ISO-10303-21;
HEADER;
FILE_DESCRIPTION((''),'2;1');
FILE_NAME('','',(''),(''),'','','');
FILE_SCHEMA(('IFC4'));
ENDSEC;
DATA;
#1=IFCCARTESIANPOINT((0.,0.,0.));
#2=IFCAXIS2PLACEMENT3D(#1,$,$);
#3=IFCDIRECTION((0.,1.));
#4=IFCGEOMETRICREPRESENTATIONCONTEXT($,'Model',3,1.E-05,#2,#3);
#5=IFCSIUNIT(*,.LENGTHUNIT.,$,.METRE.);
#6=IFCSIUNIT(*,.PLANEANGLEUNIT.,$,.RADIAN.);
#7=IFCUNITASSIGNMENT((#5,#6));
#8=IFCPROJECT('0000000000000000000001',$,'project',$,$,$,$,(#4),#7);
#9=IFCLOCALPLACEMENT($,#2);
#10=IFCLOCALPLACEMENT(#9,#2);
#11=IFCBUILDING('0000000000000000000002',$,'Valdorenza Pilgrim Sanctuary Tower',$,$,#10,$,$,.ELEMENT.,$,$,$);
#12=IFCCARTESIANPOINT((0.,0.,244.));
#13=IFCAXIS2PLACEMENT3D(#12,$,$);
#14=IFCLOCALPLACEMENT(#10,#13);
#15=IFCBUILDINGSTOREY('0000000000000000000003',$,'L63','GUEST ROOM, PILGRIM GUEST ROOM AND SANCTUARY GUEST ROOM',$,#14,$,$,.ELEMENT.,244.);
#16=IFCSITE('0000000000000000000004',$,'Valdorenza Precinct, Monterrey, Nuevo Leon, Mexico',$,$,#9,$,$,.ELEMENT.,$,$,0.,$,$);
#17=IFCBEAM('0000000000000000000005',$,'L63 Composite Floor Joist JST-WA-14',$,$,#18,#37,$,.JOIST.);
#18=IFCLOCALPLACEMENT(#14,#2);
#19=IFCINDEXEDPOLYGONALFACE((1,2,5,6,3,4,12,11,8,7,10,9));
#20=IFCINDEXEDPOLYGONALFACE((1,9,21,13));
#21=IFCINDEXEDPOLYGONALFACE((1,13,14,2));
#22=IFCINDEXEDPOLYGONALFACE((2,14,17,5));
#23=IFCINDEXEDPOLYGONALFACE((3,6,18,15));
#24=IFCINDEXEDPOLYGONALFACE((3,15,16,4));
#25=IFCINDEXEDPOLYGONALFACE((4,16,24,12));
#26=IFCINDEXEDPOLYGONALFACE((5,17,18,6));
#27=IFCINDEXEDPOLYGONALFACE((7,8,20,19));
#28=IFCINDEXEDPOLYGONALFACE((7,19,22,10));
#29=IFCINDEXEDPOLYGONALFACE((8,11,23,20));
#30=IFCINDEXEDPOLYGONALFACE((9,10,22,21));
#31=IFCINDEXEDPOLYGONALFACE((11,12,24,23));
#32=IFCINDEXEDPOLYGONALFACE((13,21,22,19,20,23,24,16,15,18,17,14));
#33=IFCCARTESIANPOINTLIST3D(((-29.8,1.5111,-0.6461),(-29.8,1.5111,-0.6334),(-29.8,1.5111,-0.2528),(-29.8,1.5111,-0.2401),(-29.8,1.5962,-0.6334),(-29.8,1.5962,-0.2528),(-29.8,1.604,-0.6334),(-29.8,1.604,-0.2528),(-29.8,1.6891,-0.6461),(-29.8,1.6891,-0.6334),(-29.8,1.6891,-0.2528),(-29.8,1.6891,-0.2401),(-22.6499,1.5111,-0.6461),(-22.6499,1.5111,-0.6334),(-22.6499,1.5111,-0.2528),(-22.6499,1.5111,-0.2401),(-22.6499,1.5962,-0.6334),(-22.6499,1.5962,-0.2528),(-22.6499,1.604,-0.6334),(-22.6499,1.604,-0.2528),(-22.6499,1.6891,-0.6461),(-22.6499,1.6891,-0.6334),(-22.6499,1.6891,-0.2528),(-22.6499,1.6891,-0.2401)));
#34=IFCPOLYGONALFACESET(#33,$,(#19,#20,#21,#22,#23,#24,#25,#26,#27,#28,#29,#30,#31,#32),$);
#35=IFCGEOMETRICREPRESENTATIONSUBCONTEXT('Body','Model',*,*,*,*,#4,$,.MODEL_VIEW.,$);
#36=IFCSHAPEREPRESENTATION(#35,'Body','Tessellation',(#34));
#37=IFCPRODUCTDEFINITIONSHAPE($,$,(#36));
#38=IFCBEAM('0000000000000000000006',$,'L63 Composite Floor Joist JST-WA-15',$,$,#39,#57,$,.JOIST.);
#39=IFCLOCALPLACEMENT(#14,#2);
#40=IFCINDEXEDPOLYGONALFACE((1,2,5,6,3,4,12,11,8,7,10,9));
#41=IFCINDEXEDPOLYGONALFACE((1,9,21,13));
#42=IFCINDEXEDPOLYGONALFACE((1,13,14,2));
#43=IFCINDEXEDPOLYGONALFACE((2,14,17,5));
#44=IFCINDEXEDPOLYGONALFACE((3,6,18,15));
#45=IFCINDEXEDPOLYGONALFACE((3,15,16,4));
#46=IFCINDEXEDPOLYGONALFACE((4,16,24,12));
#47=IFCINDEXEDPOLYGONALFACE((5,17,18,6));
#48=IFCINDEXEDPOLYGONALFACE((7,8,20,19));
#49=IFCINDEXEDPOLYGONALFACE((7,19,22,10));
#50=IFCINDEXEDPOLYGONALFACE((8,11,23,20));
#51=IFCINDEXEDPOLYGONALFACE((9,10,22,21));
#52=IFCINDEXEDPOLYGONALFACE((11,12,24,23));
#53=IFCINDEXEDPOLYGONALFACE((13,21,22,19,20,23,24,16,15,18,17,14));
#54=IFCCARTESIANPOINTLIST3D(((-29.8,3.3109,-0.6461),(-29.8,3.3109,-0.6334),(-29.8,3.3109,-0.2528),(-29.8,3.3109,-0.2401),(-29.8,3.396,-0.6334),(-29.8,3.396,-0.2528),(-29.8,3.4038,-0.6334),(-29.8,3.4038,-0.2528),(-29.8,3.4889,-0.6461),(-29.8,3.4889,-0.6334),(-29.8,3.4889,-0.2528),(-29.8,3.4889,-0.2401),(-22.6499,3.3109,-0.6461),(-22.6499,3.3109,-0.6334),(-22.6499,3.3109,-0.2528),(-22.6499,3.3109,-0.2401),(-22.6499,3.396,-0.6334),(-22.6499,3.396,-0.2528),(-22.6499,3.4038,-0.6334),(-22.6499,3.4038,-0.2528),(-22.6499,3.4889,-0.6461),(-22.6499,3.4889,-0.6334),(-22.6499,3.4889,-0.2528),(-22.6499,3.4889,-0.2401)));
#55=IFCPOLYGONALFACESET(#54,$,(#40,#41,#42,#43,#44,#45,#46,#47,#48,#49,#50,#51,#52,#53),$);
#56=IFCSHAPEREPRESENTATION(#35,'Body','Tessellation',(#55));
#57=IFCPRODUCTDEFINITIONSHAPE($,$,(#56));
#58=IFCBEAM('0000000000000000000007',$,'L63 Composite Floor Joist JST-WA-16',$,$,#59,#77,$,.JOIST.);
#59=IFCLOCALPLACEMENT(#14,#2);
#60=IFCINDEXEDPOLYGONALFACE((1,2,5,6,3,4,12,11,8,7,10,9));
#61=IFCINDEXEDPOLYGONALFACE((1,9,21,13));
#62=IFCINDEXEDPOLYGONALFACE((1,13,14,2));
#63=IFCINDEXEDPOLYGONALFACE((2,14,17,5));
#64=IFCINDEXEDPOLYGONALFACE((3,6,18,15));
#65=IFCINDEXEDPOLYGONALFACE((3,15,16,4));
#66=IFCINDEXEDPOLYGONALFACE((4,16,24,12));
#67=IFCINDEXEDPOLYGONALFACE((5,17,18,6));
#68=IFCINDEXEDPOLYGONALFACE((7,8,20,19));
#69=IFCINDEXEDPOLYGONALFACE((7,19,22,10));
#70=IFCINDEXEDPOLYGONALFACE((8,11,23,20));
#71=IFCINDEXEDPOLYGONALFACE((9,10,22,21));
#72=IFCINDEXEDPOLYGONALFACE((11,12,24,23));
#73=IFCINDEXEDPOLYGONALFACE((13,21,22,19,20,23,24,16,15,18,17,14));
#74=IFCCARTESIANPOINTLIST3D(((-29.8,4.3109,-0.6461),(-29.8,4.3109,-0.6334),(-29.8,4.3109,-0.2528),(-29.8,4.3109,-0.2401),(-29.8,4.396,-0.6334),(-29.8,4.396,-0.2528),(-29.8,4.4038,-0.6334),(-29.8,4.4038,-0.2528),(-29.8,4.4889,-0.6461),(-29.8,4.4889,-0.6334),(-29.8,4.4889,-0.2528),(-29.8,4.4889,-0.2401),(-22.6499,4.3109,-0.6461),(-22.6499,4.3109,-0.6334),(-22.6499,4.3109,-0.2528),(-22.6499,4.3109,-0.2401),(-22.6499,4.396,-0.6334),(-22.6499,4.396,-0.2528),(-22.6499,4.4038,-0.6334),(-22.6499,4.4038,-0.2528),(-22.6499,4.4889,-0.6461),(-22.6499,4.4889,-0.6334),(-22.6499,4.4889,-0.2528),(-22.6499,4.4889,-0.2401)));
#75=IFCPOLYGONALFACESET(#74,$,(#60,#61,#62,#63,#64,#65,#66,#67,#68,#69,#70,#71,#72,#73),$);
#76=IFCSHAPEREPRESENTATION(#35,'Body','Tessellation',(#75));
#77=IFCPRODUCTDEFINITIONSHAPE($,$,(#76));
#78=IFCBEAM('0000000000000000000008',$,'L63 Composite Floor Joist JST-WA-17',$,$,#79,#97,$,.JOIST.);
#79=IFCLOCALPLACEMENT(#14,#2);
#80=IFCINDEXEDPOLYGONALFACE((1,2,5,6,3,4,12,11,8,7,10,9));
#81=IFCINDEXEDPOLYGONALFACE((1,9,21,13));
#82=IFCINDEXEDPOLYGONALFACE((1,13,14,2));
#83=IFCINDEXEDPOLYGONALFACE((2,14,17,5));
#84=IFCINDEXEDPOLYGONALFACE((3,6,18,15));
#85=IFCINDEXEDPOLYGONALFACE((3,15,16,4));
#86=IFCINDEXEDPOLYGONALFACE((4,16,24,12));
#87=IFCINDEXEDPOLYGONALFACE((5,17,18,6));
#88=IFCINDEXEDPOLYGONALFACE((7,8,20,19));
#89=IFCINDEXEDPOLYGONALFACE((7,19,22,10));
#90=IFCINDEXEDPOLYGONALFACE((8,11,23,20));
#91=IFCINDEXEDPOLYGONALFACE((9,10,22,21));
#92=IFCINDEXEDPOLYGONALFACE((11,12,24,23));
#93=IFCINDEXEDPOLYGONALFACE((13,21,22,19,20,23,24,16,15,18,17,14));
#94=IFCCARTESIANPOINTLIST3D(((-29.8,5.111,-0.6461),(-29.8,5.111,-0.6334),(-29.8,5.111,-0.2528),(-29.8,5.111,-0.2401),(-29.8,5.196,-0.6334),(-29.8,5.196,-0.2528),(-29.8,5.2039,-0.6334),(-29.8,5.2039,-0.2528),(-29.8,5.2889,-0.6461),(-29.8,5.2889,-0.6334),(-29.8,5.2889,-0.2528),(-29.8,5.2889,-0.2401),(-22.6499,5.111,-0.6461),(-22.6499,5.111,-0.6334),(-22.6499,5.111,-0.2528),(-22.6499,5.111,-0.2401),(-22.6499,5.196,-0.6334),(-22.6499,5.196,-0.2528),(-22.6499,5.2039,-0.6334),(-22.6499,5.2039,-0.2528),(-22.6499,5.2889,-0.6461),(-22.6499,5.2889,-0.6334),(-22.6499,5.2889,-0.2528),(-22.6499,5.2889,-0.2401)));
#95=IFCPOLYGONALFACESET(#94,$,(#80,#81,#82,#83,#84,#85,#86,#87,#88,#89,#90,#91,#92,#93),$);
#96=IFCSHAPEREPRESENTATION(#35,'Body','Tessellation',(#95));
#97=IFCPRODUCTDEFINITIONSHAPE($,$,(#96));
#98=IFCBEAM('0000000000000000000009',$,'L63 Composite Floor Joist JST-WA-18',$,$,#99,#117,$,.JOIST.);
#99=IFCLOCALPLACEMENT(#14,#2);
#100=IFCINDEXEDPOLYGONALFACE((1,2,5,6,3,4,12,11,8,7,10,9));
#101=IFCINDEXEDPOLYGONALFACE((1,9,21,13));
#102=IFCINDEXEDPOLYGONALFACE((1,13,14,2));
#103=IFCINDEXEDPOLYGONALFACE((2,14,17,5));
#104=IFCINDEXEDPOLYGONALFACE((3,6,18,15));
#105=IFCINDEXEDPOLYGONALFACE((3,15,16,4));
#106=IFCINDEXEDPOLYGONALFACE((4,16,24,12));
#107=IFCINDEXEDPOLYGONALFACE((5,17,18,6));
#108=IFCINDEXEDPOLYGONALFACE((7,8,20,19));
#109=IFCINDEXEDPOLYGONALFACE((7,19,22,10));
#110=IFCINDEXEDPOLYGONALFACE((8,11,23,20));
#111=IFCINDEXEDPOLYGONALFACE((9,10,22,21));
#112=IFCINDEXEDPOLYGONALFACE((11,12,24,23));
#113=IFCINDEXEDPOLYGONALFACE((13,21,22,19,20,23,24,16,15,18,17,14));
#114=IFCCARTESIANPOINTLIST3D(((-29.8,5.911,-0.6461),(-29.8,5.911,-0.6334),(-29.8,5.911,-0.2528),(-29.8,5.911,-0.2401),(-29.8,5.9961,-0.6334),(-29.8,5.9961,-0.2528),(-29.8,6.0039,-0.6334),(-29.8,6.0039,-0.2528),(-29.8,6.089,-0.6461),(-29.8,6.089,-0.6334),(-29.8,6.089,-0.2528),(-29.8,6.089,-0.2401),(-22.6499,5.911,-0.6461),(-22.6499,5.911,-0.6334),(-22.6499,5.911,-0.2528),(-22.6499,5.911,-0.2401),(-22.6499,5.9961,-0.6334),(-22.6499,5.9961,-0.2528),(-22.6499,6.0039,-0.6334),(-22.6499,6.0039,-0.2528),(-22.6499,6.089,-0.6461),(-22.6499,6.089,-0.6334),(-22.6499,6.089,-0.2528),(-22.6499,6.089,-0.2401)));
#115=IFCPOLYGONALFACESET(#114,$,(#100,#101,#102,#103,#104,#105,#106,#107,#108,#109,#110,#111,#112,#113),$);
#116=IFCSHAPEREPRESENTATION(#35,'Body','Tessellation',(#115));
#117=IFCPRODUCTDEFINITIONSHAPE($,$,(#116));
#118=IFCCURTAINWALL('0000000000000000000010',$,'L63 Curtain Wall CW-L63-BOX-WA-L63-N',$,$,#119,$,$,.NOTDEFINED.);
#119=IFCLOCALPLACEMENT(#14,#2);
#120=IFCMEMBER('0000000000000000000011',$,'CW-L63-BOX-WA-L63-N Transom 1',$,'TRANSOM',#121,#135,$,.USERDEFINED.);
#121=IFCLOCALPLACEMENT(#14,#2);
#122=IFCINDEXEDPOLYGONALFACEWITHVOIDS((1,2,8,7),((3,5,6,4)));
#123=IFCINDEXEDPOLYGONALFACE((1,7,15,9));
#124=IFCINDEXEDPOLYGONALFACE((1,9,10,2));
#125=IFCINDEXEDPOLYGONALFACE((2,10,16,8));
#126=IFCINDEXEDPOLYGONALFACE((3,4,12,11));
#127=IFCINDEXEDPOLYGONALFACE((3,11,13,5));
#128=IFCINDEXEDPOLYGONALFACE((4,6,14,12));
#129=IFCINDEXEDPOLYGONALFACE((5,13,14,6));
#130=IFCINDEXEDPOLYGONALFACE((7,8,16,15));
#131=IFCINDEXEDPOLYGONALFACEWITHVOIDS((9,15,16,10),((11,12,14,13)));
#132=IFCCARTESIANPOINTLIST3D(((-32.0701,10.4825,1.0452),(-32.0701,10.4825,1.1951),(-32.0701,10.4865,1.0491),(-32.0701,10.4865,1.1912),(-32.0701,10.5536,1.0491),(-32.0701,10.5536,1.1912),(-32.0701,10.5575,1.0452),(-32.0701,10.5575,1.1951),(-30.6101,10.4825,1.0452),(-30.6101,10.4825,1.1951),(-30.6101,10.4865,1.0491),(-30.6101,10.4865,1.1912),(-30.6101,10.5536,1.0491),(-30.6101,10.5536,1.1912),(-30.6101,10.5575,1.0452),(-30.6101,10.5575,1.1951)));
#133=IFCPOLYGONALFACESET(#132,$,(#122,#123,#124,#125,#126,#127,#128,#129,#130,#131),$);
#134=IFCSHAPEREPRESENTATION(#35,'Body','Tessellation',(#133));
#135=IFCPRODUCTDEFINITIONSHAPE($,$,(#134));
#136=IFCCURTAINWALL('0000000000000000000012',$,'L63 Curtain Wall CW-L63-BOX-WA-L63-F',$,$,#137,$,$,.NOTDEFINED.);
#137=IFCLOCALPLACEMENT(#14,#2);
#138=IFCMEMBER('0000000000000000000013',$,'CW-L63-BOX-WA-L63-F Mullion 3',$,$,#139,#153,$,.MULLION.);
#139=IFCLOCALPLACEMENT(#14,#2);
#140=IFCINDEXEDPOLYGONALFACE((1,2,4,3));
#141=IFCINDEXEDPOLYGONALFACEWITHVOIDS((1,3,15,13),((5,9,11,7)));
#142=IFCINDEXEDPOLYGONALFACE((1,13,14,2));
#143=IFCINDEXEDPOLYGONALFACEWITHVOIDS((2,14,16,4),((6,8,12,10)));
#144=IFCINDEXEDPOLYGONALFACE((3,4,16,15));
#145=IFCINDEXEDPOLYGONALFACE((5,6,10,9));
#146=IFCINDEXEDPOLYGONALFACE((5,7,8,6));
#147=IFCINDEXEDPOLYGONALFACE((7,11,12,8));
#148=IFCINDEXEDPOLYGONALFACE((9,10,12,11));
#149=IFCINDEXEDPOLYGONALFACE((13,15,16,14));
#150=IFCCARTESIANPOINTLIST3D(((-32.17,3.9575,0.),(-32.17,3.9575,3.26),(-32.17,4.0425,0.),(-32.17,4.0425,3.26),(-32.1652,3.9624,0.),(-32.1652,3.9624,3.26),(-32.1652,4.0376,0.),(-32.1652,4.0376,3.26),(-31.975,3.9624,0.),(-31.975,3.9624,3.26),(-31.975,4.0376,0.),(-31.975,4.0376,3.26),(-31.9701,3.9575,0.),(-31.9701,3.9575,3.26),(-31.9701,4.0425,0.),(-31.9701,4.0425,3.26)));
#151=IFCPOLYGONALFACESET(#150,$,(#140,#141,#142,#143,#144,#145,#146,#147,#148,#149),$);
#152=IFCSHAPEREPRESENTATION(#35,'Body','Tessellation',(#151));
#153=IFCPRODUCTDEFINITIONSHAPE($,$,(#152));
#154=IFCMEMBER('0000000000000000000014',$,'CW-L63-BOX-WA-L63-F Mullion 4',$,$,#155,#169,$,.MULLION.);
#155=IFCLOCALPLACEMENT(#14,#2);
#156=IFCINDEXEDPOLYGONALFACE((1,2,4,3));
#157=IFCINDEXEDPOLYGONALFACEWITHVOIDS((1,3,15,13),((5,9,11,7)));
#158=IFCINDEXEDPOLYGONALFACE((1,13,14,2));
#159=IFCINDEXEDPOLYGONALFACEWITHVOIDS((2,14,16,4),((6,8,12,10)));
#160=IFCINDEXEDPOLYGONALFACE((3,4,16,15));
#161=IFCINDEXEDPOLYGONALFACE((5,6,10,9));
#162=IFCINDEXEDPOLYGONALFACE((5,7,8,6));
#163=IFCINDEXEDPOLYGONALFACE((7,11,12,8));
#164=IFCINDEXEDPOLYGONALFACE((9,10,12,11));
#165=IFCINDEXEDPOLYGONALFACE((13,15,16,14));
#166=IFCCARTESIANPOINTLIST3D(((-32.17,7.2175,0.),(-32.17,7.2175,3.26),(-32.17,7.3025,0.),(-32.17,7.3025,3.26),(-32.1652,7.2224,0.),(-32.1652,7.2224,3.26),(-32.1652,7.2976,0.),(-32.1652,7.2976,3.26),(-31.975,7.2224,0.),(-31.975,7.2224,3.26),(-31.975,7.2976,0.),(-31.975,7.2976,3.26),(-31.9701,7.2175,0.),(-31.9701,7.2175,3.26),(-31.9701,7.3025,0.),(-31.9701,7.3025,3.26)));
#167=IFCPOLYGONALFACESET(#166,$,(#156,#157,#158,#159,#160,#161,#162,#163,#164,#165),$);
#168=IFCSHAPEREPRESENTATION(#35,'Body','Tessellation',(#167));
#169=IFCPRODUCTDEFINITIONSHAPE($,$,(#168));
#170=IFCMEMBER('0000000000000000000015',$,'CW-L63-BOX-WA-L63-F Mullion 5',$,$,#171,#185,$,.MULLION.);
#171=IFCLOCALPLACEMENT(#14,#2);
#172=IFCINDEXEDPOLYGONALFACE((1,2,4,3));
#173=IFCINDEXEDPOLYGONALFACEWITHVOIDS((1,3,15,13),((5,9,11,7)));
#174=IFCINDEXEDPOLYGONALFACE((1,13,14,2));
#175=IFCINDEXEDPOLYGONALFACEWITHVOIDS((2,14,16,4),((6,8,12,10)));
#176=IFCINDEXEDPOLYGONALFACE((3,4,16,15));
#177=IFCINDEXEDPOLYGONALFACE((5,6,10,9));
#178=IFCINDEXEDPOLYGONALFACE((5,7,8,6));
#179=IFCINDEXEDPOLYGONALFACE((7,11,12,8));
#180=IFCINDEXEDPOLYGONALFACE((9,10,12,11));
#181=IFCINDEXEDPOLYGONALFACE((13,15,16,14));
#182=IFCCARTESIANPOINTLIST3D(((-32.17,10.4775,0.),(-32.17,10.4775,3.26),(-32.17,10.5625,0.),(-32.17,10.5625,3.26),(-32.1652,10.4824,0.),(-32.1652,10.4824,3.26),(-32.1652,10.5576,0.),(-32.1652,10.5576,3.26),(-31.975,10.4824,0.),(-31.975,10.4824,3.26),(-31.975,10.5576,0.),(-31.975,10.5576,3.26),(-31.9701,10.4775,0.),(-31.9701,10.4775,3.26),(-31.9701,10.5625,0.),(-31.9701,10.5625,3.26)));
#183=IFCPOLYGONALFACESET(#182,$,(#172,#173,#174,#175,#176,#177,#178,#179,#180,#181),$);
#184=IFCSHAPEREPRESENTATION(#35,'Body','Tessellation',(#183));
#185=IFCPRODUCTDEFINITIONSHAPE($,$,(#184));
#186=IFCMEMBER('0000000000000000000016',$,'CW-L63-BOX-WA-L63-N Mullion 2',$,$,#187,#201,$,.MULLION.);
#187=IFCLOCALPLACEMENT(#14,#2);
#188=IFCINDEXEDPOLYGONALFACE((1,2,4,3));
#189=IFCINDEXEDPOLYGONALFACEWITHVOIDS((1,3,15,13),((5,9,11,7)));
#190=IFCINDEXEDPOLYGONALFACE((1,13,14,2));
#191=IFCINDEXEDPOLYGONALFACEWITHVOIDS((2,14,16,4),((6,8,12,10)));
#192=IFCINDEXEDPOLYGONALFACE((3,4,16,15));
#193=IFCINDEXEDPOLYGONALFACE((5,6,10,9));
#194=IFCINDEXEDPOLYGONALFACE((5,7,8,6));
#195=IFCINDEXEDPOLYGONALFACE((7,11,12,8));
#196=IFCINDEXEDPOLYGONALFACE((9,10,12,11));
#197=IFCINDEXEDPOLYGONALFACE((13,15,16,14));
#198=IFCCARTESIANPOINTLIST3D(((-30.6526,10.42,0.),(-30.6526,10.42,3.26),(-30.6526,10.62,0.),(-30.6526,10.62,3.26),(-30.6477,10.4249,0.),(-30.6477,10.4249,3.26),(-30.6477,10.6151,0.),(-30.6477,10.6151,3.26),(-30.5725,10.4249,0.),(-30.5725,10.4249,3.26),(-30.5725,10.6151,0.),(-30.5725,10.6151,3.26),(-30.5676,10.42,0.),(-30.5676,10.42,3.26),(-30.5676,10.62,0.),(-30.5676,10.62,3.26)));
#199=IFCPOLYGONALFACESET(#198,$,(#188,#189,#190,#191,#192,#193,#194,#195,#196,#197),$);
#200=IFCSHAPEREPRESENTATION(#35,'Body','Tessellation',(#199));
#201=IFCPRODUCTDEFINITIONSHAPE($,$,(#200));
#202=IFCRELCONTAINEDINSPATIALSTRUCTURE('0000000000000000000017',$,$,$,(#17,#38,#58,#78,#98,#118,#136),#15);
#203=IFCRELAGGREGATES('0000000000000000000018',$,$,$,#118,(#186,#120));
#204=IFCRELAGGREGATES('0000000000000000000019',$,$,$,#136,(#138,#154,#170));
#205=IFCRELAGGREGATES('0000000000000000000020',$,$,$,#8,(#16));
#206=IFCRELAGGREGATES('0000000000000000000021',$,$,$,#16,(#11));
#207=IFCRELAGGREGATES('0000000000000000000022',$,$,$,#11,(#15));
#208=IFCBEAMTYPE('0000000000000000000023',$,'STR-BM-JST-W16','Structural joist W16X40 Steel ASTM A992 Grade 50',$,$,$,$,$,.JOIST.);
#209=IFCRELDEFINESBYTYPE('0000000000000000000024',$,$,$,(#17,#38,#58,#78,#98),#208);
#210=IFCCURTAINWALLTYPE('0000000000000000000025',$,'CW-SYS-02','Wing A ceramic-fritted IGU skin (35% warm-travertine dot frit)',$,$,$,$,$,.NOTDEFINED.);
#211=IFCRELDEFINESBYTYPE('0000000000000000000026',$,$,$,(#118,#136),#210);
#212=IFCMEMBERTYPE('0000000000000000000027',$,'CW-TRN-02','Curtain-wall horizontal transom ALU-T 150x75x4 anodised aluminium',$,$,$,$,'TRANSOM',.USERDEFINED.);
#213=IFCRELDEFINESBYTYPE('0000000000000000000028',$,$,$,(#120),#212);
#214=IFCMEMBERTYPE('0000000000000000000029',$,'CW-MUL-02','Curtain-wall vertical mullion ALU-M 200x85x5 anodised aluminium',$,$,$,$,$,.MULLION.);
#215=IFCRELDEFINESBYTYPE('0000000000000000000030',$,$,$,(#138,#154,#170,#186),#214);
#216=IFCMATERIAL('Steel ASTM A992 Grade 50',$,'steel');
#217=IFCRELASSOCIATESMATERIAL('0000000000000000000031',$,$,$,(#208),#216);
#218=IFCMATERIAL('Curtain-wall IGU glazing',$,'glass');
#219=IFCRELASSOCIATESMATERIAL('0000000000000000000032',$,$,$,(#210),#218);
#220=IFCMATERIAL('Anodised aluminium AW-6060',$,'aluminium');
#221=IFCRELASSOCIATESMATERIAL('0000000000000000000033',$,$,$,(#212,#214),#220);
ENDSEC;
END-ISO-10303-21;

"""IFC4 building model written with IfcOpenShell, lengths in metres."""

from ifc_helpers import new_model, si_unit, direction, frame, origin, origin_2d, place, context, subcontext, project, spatial, hollow_rectangle, i_section, extrude, source, transform, mapped, material, material_profile, profile_set, type_object, element, aggregate, save


model = new_model("IFC4")

# Units and contexts
model_context = context("Model", 3, precision=1e-05, world=origin(), true_north=direction((0.0, 1.0)))
body_context = subcontext(model_context, "Body", "Model", "MODEL_VIEW")
ifc_project = project(units=[si_unit("LENGTHUNIT", "METRE"), si_unit("PLANEANGLEUNIT", "RADIAN")], contexts=[model_context])

# Site, building, storey
site_placement = place(None, origin())
site = spatial("IfcSite", under=ifc_project, at=site_placement, Name="Valdorenza Precinct, Monterrey, Nuevo Leon, Mexico", CompositionType="ELEMENT", RefElevation=0.0)
building_placement = place(site_placement, origin())
building = spatial("IfcBuilding", under=site, at=building_placement, Name="Valdorenza Pilgrim Sanctuary Tower", CompositionType="ELEMENT")
storey_placement = place(building_placement, frame((0.0, 0.0, 244.0)))
storey = spatial("IfcBuildingStorey", under=building, at=storey_placement, Name="L63", Description="GUEST ROOM, PILGRIM GUEST ROOM AND SANCTUARY GUEST ROOM", CompositionType="ELEMENT", Elevation=244.0)

# Beams
ifc_material_1 = material(Name="Steel ASTM A992 Grade 50", Category="steel")
ifc_material_profile_1 = material_profile(ifc_material_1, i_section(OverallWidth=0.178, OverallDepth=0.406, WebThickness=0.0078, FlangeThickness=0.0127, at=origin_2d()), Name="W16X40")
ifc_profile_set_1 = profile_set([ifc_material_profile_1], Name="Steel ASTM A992 Grade 50")
beam_type = type_object("IfcBeamType", Name="STR-BM-JST-W16", Description="Structural joist W16X40 Steel ASTM A992 Grade 50", PredefinedType="JOIST", material=ifc_profile_set_1)
shared_shape_1 = source(origin(), body_context, "Body", "SweptSolid", [
    extrude(i_section(OverallWidth=0.178, OverallDepth=0.406, WebThickness=0.0078, FlangeThickness=0.0127, at=origin_2d()), origin(), (0.0, 0.0, 1.0), 7.1501),
])
for number, where, z_axis, x_axis, name in (
    (1, (-29.8, 1.6001, -0.4431), (1.0, 0.0, 0.0), (0.0, 1.0, 0.0), "L63 Composite Floor Joist JST-WA-14"),
    (2, (-29.8, 3.3999, -0.4431), (1.0, 0.0, 0.0), (0.0, 1.0, 0.0), "L63 Composite Floor Joist JST-WA-15"),
    (3, (-29.8, 4.3999, -0.4431), (1.0, 0.0, 0.0), (0.0, 1.0, 0.0), "L63 Composite Floor Joist JST-WA-16"),
    (4, (-29.8, 5.2, -0.4431), (1.0, 0.0, 0.0), (0.0, 1.0, 0.0), "L63 Composite Floor Joist JST-WA-17"),
    (5, (-29.8, 6.0, -0.4431), (1.0, 0.0, 0.0), (0.0, 1.0, 0.0), "L63 Composite Floor Joist JST-WA-18"),
):
    element("IfcBeam", number, at=place(storey_placement, frame(where, z_axis=z_axis, x_axis=x_axis)), inside=storey, type_object=beam_type, Name=name, PredefinedType="JOIST", context=body_context, shape_type="MappedRepresentation", body=[
        mapped(shared_shape_1, transform((0.0, 0.0, 0.0), x_axis=(1.0, 0.0, 0.0), y_axis=(0.0, 1.0, 0.0), z_axis=(0.0, 0.0, 1.0), scale=1.0)),
    ])

# Curtain wall, member
ifc_material_2 = material(Name="Curtain-wall IGU glazing", Category="glass")
curtain_wall_type = type_object("IfcCurtainWallType", Name="CW-SYS-02", Description="Wing A ceramic-fritted IGU skin (35% warm-travertine dot frit)", PredefinedType="NOTDEFINED", material=ifc_material_2)
curtain_wall_1_placement = place(storey_placement, origin())
curtain_wall_1 = element("IfcCurtainWall", 6, at=curtain_wall_1_placement, inside=storey, type_object=curtain_wall_type, Name="L63 Curtain Wall CW-L63-BOX-WA-L63-N", PredefinedType="NOTDEFINED")
ifc_material_3 = material(Name="Anodised aluminium AW-6060", Category="aluminium")
ifc_material_profile_2 = material_profile(ifc_material_3, hollow_rectangle(XDim=0.075, YDim=0.1499, WallThickness=0.0039, at=origin_2d()), Name="ALU-T 150x75x4")
ifc_profile_set_2 = profile_set([ifc_material_profile_2], Name="Anodised aluminium AW-6060")
member_type_1 = type_object("IfcMemberType", Name="CW-TRN-02", Description="Curtain-wall horizontal transom ALU-T 150x75x4 anodised aluminium", ElementType="TRANSOM", PredefinedType="USERDEFINED", material=ifc_profile_set_2)
shared_shape_2 = source(origin(), body_context, "Body", "SweptSolid", [
    extrude(hollow_rectangle(XDim=0.075, YDim=0.1499, WallThickness=0.0039, at=origin_2d()), origin(), (0.0, 0.0, 1.0), 1.46),
])
member_1_placement = place(storey_placement, frame((-32.0701, 10.52, 1.1201), z_axis=(1.0, 0.0, 0.0), x_axis=(0.0, 1.0, 0.0)))
member_1 = element("IfcMember", 7, at=member_1_placement, type_object=member_type_1, Name="CW-L63-BOX-WA-L63-N Transom 1", ObjectType="TRANSOM", PredefinedType="USERDEFINED", context=body_context, shape_type="MappedRepresentation", body=[
    mapped(shared_shape_2, transform((0.0, 0.0, 0.0), x_axis=(1.0, 0.0, 0.0), y_axis=(0.0, 1.0, 0.0), z_axis=(0.0, 0.0, 1.0), scale=1.0)),
])

# Curtain wall, members
curtain_wall_2_placement = place(storey_placement, origin())
curtain_wall_2 = element("IfcCurtainWall", 8, at=curtain_wall_2_placement, inside=storey, type_object=curtain_wall_type, Name="L63 Curtain Wall CW-L63-BOX-WA-L63-F", PredefinedType="NOTDEFINED")
ifc_material_profile_3 = material_profile(ifc_material_3, hollow_rectangle(XDim=0.085, YDim=0.2, WallThickness=0.0049, at=origin_2d()), Name="ALU-M 200x85x5")
ifc_profile_set_3 = profile_set([ifc_material_profile_3], Name="Anodised aluminium AW-6060")
member_type_2 = type_object("IfcMemberType", Name="CW-MUL-02", Description="Curtain-wall vertical mullion ALU-M 200x85x5 anodised aluminium", PredefinedType="MULLION", material=ifc_profile_set_3)
shared_shape_3 = source(origin(), body_context, "Body", "SweptSolid", [
    extrude(hollow_rectangle(XDim=0.085, YDim=0.2, WallThickness=0.0049, at=origin_2d()), origin(), (0.0, 0.0, 1.0), 3.26),
])
member_2_placement = place(storey_placement, frame((-32.0701, 4.0, 0.0), z_axis=(0.0, 0.0, 1.0), x_axis=(0.0, 1.0, 0.0)))
member_2 = element("IfcMember", 9, at=member_2_placement, type_object=member_type_2, Name="CW-L63-BOX-WA-L63-F Mullion 3", PredefinedType="MULLION", context=body_context, shape_type="MappedRepresentation", body=[
    mapped(shared_shape_3, transform((0.0, 0.0, 0.0), x_axis=(1.0, 0.0, 0.0), y_axis=(0.0, 1.0, 0.0), z_axis=(0.0, 0.0, 1.0), scale=1.0)),
])
member_3_placement = place(storey_placement, frame((-32.0701, 7.26, 0.0), z_axis=(0.0, 0.0, 1.0), x_axis=(0.0, 1.0, 0.0)))
member_3 = element("IfcMember", 10, at=member_3_placement, type_object=member_type_2, Name="CW-L63-BOX-WA-L63-F Mullion 4", PredefinedType="MULLION", context=body_context, shape_type="MappedRepresentation", body=[
    mapped(shared_shape_3, transform((0.0, 0.0, 0.0), x_axis=(1.0, 0.0, 0.0), y_axis=(0.0, 1.0, 0.0), z_axis=(0.0, 0.0, 1.0), scale=1.0)),
])
member_4_placement = place(storey_placement, frame((-32.0701, 10.52, 0.0), z_axis=(0.0, 0.0, 1.0), x_axis=(0.0, 1.0, 0.0)))
member_4 = element("IfcMember", 11, at=member_4_placement, type_object=member_type_2, Name="CW-L63-BOX-WA-L63-F Mullion 5", PredefinedType="MULLION", context=body_context, shape_type="MappedRepresentation", body=[
    mapped(shared_shape_3, transform((0.0, 0.0, 0.0), x_axis=(1.0, 0.0, 0.0), y_axis=(0.0, 1.0, 0.0), z_axis=(0.0, 0.0, 1.0), scale=1.0)),
])

# Member
member_5_placement = place(storey_placement, frame((-30.6101, 10.52, 0.0), z_axis=(0.0, 0.0, 1.0), x_axis=(1.0, 0.0, 0.0)))
member_5 = element("IfcMember", 12, at=member_5_placement, type_object=member_type_2, Name="CW-L63-BOX-WA-L63-N Mullion 2", PredefinedType="MULLION", context=body_context, shape_type="MappedRepresentation", body=[
    mapped(shared_shape_3, transform((0.0, 0.0, 0.0), x_axis=(1.0, 0.0, 0.0), y_axis=(0.0, 1.0, 0.0), z_axis=(0.0, 0.0, 1.0), scale=1.0)),
])

aggregate(curtain_wall_1, [member_5, member_1])
aggregate(curtain_wall_2, [member_2, member_3, member_4])

save(model, "model.ifc")
